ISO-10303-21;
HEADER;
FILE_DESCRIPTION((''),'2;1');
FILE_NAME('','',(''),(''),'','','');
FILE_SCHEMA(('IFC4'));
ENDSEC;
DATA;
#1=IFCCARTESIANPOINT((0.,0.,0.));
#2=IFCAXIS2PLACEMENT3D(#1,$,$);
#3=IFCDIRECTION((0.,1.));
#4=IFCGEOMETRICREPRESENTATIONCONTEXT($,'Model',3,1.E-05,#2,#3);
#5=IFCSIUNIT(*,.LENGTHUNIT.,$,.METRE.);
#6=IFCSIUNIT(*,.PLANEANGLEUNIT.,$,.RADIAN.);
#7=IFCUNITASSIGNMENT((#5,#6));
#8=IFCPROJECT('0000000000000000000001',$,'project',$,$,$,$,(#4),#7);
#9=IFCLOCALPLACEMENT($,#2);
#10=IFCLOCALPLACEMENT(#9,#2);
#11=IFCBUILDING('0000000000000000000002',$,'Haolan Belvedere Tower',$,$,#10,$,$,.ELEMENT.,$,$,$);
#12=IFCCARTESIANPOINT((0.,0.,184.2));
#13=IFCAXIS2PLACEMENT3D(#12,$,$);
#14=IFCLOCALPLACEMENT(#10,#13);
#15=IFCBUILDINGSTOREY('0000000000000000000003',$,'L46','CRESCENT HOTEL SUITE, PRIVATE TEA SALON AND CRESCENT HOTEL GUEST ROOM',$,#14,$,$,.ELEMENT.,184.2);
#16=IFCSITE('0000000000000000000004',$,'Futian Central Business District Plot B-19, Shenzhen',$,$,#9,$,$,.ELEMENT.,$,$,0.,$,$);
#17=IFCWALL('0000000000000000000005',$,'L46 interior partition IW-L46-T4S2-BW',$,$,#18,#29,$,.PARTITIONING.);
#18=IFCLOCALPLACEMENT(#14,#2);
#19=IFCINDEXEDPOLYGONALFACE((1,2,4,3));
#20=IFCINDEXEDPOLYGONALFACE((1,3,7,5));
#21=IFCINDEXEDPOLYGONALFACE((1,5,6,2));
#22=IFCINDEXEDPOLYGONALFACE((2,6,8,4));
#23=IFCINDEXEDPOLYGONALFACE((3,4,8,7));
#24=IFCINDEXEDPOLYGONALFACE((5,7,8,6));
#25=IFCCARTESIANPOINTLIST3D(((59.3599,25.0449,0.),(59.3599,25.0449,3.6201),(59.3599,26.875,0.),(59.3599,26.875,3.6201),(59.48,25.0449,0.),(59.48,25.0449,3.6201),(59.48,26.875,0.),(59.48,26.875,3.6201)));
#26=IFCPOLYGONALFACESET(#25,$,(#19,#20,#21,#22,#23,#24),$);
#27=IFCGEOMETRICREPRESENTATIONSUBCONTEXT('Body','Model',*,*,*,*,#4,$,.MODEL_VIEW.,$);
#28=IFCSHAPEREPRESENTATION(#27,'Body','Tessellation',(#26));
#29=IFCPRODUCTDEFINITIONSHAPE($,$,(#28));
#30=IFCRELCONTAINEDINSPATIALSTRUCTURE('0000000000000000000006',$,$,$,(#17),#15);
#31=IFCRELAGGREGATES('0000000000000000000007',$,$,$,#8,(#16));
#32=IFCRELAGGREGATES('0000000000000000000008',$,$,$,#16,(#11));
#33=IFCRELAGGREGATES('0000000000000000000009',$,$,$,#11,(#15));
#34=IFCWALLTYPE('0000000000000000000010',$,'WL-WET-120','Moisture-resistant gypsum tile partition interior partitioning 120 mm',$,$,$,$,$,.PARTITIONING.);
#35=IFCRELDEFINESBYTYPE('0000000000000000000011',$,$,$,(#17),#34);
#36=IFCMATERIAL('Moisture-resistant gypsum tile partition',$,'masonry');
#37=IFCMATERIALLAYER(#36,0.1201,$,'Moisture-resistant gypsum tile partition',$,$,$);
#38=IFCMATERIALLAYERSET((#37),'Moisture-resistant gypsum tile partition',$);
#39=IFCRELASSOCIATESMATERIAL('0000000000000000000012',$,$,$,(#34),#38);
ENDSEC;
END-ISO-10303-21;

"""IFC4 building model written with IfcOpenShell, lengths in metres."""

from ifc_helpers import new_model, si_unit, direction, frame, frame_2d, origin, place, context, subcontext, project, spatial, rectangle, extrude, material, layer, layer_set, type_object, element, save


model = new_model("IFC4")

# Units and contexts
model_context = context("Model", 3, precision=1e-05, world=origin(), true_north=direction((0.0, 1.0)))
body_context = subcontext(model_context, "Body", "Model", "MODEL_VIEW")
ifc_project = project(units=[si_unit("LENGTHUNIT", "METRE"), si_unit("PLANEANGLEUNIT", "RADIAN")], contexts=[model_context])

# Site, building, storey
site_placement = place(None, origin())
site = spatial("IfcSite", under=ifc_project, at=site_placement, Name="Futian Central Business District Plot B-19, Shenzhen", CompositionType="ELEMENT", RefElevation=0.0)
building_placement = place(site_placement, origin())
building = spatial("IfcBuilding", under=site, at=building_placement, Name="Haolan Belvedere Tower", CompositionType="ELEMENT")
storey_placement = place(building_placement, frame((0.0, 0.0, 184.2)))
storey = spatial("IfcBuildingStorey", under=building, at=storey_placement, Name="L46", Description="CRESCENT HOTEL SUITE, PRIVATE TEA SALON AND CRESCENT HOTEL GUEST ROOM", CompositionType="ELEMENT", Elevation=184.2)

# Shared definitions
ifc_material_1 = material(Name="Moisture-resistant gypsum tile partition", Category="masonry")
ifc_layer_1 = layer(ifc_material_1, 0.1201, Name="Moisture-resistant gypsum tile partition")
ifc_layer_set_1 = layer_set([ifc_layer_1], Name="Moisture-resistant gypsum tile partition")
wall_type_1 = type_object("IfcWallType", Name="WL-WET-120", Description="Moisture-resistant gypsum tile partition interior partitioning 120 mm", PredefinedType="PARTITIONING", material=ifc_layer_set_1)

# Wall
wall_1_placement = place(storey_placement, frame((59.4199, 25.0449, 0.0), z_axis=(0.0, 0.0, 1.0), x_axis=(0.0, 1.0, 0.0)))
element("IfcWall", 1, at=wall_1_placement, inside=storey, type_object=wall_type_1, Name="L46 interior partition IW-L46-T4S2-BW", PredefinedType="PARTITIONING", context=body_context, shape_type="SweptSolid", body=[
    extrude(rectangle(XDim=1.8301, YDim=0.1201, at=frame_2d((0.915, 0.0))), origin(), (0.0, 0.0, 1.0), 3.6201),
])

save(model, "model.ifc")
